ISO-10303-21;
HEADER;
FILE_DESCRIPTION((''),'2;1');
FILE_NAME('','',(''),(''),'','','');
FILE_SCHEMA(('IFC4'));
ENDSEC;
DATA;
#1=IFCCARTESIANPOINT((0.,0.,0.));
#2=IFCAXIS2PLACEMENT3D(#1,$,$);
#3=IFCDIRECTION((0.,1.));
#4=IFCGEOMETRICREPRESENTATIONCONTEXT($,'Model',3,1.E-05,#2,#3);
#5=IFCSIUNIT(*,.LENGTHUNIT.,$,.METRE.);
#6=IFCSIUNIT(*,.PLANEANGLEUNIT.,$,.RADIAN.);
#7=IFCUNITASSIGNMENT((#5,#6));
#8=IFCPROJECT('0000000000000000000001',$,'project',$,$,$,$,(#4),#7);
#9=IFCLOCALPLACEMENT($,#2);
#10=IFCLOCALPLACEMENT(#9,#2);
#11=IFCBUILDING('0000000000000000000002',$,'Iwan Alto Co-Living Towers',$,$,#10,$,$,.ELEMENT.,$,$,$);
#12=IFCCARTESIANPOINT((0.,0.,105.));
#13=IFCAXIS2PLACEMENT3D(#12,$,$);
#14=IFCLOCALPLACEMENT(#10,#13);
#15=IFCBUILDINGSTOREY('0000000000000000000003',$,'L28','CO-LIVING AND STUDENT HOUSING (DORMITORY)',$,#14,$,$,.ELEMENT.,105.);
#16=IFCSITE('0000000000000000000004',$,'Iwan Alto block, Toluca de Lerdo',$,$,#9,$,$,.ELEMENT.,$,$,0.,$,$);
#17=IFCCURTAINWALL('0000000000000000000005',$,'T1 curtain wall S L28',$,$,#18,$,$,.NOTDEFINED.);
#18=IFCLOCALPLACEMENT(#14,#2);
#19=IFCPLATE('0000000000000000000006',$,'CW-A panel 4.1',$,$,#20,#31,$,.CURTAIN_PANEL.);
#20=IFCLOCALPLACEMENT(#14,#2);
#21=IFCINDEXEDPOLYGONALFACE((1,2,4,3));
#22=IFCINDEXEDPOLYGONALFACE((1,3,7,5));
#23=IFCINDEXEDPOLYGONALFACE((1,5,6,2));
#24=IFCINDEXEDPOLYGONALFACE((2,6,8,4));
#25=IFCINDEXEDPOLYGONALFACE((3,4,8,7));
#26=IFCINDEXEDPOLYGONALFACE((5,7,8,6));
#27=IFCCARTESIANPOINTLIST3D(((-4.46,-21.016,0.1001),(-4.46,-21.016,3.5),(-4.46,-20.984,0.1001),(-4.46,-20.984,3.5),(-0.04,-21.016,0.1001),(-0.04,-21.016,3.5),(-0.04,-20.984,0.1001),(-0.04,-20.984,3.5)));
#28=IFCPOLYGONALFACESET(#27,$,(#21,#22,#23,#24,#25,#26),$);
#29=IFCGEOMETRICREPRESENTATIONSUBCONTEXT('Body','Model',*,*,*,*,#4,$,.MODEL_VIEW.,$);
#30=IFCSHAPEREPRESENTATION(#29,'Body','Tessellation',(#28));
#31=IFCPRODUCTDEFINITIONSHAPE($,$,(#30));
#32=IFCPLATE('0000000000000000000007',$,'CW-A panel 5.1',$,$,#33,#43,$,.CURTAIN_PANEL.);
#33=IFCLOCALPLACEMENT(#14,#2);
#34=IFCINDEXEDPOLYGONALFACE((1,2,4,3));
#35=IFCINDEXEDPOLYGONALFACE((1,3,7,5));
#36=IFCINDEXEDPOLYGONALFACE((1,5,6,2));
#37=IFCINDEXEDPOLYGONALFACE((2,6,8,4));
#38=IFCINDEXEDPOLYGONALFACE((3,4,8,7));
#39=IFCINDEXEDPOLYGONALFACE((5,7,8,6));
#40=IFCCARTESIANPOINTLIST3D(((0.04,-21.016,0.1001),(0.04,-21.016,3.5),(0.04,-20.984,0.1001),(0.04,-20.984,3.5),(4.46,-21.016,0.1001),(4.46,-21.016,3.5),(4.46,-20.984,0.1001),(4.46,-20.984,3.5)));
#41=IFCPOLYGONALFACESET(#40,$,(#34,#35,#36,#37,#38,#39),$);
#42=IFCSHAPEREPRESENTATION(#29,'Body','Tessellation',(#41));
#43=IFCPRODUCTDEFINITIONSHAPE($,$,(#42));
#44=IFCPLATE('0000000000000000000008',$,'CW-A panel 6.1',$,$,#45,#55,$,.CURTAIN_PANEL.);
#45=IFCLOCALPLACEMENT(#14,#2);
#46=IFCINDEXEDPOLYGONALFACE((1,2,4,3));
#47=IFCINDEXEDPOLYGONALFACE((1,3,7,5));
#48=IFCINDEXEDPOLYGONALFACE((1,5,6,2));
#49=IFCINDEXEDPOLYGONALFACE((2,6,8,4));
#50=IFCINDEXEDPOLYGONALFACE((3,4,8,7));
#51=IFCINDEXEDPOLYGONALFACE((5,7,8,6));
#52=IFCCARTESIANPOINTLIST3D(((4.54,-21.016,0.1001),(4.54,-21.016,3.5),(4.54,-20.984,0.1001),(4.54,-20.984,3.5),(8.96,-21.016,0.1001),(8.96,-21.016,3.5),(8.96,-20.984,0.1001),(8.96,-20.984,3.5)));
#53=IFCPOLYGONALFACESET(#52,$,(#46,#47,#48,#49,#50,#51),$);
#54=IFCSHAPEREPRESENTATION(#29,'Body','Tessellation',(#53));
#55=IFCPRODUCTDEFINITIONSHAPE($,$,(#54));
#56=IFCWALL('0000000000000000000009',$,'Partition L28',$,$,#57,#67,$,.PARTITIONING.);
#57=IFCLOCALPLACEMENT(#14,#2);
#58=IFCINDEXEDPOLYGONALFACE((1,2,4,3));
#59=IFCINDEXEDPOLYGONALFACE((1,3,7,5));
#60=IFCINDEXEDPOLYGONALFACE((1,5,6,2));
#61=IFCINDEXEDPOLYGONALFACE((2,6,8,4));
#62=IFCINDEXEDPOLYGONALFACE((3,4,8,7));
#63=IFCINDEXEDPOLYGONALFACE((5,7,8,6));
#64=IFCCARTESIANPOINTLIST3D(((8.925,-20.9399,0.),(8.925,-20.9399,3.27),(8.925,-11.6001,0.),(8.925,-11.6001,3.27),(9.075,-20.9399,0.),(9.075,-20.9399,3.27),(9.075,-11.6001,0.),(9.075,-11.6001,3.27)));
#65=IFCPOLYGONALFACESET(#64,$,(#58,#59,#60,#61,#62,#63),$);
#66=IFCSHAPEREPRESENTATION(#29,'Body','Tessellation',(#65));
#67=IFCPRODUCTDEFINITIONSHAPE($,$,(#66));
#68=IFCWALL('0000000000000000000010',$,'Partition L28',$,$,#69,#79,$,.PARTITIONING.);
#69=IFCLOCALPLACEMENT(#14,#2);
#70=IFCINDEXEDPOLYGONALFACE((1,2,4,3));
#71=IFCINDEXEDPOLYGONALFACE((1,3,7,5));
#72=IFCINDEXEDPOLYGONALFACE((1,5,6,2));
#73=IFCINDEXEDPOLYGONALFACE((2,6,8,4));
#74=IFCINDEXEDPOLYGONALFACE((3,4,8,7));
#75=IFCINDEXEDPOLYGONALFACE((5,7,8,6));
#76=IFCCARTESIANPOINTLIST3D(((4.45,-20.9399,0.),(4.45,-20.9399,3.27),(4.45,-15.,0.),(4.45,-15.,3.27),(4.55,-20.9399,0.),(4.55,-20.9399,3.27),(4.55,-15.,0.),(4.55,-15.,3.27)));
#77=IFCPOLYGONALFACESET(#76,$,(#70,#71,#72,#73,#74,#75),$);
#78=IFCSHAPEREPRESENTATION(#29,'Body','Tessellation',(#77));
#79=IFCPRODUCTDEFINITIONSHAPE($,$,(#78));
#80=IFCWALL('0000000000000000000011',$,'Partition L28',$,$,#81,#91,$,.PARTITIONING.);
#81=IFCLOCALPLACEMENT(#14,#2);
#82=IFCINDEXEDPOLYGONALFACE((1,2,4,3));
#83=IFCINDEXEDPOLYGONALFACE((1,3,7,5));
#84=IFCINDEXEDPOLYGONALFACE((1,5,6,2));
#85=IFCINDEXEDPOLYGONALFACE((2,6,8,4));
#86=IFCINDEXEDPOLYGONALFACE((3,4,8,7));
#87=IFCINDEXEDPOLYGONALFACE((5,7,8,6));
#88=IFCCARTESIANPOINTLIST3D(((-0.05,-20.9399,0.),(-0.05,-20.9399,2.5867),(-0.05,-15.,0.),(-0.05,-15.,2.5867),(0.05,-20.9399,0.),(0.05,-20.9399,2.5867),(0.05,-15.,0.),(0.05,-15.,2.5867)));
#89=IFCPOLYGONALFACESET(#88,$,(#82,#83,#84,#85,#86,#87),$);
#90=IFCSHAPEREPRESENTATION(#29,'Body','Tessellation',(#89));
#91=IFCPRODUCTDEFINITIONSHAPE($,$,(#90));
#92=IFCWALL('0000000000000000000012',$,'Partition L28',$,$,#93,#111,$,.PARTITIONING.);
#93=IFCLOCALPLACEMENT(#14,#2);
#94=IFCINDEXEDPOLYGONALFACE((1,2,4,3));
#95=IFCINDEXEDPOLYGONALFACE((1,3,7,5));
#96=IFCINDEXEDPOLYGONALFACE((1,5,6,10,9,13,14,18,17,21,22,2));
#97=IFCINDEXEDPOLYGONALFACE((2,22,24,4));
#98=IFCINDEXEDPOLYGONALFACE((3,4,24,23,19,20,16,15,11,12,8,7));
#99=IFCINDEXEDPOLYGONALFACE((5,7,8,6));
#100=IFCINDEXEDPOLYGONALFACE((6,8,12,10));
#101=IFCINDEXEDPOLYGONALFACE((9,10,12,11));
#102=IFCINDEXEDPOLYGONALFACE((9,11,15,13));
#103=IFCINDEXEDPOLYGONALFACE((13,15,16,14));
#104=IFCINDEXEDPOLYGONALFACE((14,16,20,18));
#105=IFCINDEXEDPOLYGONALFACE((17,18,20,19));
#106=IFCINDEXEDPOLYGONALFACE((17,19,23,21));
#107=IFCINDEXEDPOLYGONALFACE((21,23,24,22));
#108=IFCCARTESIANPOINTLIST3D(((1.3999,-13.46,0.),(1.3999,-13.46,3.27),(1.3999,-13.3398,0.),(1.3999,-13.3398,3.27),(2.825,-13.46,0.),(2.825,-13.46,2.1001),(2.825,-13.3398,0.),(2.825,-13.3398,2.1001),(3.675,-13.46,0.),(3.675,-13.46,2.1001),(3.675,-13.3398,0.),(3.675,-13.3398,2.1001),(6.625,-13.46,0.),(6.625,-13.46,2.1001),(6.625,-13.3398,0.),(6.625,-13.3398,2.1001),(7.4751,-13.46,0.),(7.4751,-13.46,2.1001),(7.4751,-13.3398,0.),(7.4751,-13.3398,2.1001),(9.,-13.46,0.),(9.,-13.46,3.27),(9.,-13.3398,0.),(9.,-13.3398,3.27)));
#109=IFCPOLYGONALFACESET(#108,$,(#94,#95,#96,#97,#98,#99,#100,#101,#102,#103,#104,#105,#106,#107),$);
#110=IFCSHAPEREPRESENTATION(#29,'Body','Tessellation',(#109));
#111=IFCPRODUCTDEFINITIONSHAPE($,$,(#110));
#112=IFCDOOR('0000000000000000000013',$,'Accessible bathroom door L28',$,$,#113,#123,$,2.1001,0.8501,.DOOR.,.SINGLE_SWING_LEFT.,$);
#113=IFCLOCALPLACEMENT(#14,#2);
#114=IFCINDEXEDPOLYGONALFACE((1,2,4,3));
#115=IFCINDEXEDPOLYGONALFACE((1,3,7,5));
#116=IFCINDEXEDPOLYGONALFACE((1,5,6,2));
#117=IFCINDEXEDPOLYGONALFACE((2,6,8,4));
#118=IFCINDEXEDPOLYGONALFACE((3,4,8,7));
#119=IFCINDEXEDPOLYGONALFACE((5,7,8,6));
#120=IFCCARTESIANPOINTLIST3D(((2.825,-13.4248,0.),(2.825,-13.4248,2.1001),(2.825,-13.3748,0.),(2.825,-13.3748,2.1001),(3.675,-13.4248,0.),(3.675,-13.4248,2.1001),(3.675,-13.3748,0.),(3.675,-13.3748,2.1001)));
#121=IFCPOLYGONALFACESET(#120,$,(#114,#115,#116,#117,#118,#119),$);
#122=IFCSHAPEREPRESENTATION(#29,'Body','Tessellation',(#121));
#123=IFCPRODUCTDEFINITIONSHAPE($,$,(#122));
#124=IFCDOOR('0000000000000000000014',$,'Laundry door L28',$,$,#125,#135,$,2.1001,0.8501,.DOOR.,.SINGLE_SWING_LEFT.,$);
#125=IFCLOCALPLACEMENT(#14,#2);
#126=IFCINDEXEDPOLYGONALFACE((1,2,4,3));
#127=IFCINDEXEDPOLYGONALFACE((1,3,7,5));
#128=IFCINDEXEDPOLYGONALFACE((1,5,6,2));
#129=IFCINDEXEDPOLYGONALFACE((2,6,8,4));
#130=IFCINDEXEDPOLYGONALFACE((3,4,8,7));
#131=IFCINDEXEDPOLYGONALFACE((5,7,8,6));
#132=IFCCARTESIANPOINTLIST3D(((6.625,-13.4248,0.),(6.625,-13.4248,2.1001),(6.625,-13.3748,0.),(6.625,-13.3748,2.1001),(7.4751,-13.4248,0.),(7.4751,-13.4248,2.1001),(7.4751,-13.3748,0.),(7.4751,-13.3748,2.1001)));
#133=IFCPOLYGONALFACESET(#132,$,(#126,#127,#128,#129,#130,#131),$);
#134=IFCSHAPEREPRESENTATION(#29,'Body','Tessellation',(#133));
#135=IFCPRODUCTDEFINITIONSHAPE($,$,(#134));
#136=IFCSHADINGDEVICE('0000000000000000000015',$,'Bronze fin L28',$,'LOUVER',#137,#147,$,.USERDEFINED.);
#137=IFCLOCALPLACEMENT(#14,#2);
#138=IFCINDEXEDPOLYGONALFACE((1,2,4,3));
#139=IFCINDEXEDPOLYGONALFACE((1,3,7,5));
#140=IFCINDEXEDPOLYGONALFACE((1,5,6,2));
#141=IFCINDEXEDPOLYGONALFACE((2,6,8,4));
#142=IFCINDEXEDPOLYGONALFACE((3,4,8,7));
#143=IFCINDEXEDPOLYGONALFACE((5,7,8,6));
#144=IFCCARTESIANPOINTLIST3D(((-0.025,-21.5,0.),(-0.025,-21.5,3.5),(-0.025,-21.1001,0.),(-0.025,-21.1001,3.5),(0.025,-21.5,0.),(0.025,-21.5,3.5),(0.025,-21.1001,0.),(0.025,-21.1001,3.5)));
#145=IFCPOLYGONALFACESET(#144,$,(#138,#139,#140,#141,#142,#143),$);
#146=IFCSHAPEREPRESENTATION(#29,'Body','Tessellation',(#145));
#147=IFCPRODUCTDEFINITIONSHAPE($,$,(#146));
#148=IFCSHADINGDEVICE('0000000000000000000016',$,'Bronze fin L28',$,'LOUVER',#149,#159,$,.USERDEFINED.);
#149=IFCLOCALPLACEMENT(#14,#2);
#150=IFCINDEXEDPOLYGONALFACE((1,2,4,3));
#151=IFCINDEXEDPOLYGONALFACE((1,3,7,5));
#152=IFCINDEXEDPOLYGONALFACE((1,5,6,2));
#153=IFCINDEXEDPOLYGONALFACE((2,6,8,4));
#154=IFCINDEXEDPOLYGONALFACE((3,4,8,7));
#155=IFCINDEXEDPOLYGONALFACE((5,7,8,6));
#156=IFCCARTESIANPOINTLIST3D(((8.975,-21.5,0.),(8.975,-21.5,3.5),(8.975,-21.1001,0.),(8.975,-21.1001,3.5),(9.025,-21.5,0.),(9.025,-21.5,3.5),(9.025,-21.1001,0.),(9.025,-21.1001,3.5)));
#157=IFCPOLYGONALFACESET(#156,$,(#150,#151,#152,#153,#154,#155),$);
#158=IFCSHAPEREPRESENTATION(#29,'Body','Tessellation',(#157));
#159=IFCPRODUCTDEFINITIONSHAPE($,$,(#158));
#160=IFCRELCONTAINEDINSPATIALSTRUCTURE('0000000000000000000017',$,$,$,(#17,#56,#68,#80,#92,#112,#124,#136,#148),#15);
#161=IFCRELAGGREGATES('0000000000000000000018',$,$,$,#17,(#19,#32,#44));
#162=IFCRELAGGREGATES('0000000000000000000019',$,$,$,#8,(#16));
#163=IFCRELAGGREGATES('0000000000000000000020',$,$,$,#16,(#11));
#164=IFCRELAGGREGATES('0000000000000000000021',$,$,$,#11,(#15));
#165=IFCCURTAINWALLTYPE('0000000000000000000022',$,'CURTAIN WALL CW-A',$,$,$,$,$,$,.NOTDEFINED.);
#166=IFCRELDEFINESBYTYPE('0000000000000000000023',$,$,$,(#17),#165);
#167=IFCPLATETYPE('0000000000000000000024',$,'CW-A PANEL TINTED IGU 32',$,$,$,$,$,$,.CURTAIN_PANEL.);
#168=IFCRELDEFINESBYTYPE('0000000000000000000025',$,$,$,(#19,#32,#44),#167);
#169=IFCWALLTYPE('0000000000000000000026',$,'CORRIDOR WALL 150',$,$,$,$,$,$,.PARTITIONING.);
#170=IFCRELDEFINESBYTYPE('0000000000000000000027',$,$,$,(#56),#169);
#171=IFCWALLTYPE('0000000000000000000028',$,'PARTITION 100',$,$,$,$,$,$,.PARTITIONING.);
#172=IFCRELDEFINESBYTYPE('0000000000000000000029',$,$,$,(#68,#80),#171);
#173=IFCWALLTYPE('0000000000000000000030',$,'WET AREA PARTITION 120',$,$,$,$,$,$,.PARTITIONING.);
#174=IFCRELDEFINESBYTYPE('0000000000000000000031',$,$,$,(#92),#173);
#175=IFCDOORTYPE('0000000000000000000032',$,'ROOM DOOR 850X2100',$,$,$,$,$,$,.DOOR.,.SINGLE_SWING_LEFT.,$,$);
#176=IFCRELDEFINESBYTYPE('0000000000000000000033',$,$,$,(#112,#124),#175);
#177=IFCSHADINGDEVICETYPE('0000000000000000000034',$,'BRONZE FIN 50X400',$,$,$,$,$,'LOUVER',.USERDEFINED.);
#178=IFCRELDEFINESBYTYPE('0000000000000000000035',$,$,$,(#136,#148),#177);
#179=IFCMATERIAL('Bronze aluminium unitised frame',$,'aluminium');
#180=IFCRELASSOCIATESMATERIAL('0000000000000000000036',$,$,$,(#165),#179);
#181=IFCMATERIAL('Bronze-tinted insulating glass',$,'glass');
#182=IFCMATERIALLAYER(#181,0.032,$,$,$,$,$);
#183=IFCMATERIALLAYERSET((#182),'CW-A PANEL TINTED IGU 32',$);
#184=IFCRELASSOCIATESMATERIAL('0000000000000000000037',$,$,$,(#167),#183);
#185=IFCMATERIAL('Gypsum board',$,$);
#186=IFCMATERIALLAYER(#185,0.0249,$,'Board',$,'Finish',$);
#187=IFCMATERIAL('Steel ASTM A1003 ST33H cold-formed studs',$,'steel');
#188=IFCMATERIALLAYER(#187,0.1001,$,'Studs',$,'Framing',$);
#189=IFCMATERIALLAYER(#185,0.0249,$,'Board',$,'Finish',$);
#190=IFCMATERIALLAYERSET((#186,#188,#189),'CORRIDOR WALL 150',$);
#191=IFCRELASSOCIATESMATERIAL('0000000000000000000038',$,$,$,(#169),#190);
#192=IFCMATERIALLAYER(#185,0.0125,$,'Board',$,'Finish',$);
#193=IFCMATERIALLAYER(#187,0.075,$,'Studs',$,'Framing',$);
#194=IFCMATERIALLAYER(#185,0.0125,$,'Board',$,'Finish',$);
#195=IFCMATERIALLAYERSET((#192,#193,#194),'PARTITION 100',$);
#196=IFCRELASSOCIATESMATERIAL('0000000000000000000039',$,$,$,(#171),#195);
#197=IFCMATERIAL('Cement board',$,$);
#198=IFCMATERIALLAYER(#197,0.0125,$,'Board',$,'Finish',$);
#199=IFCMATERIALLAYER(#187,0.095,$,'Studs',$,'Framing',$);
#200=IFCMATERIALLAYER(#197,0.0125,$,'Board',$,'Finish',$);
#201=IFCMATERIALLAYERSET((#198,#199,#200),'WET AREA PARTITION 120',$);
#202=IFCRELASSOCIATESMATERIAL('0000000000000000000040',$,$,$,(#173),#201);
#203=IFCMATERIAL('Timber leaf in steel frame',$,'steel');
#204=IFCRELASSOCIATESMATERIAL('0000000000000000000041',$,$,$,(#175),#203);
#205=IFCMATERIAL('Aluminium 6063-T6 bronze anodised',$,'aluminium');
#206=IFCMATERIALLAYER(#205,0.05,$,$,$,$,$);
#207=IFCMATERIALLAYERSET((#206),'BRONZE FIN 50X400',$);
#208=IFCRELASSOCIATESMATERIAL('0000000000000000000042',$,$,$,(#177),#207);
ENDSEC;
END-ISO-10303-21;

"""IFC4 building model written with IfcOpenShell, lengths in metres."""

from ifc_helpers import new_model, si_unit, direction, frame, frame_2d, origin, origin_2d, place, context, subcontext, project, spatial, rectangle, extrude, material, layer, layer_set, type_object, element, fill, aggregate, save


model = new_model("IFC4")

# Units and contexts
model_context = context("Model", 3, precision=1e-05, world=origin(), true_north=direction((0.0, 1.0)))
body_context = subcontext(model_context, "Body", "Model", "MODEL_VIEW")
ifc_project = project(units=[si_unit("LENGTHUNIT", "METRE"), si_unit("PLANEANGLEUNIT", "RADIAN")], contexts=[model_context])

# Site, building, storey
site_placement = place(None, origin())
site = spatial("IfcSite", under=ifc_project, at=site_placement, Name="Iwan Alto block, Toluca de Lerdo", CompositionType="ELEMENT", RefElevation=0.0)
building_placement = place(site_placement, origin())
building = spatial("IfcBuilding", under=site, at=building_placement, Name="Iwan Alto Co-Living Towers", CompositionType="ELEMENT")
storey_placement = place(building_placement, frame((0.0, 0.0, 105.0)))
storey = spatial("IfcBuildingStorey", under=building, at=storey_placement, Name="L28", Description="CO-LIVING AND STUDENT HOUSING (DORMITORY)", CompositionType="ELEMENT", Elevation=105.0)

# Curtain wall
ifc_material_1 = material(Name="Bronze aluminium unitised frame", Category="aluminium")
curtain_wall_type = type_object("IfcCurtainWallType", Name="CURTAIN WALL CW-A", PredefinedType="NOTDEFINED", material=ifc_material_1)
curtain_wall_placement = place(storey_placement, origin())
curtain_wall = element("IfcCurtainWall", 1, at=curtain_wall_placement, inside=storey, type_object=curtain_wall_type, Name="T1 curtain wall S L28", PredefinedType="NOTDEFINED")

# Plates
ifc_material_2 = material(Name="Bronze-tinted insulating glass", Category="glass")
ifc_layer_1 = layer(ifc_material_2, 0.032)
ifc_layer_set_1 = layer_set([ifc_layer_1], Name="CW-A PANEL TINTED IGU 32")
plate_type = type_object("IfcPlateType", Name="CW-A PANEL TINTED IGU 32", PredefinedType="CURTAIN_PANEL", material=ifc_layer_set_1)
plate_1_placement = place(storey_placement, frame((-2.25, -21.0, 0.1001), z_axis=(0.0, 0.0, 1.0), x_axis=(1.0, 0.0, 0.0)))
plate_1 = element("IfcPlate", 2, at=plate_1_placement, type_object=plate_type, Name="CW-A panel 4.1", PredefinedType="CURTAIN_PANEL", context=body_context, shape_type="SweptSolid", body=[
    extrude(rectangle(XDim=4.4199, YDim=0.032, at=origin_2d()), origin(), (0.0, 0.0, 1.0), 3.3999),
])
plate_2_placement = place(storey_placement, frame((2.25, -21.0, 0.1001), z_axis=(0.0, 0.0, 1.0), x_axis=(1.0, 0.0, 0.0)))
plate_2 = element("IfcPlate", 3, at=plate_2_placement, type_object=plate_type, Name="CW-A panel 5.1", PredefinedType="CURTAIN_PANEL", context=body_context, shape_type="SweptSolid", body=[
    extrude(rectangle(XDim=4.4199, YDim=0.032, at=origin_2d()), origin(), (0.0, 0.0, 1.0), 3.3999),
])
plate_3_placement = place(storey_placement, frame((6.75, -21.0, 0.1001), z_axis=(0.0, 0.0, 1.0), x_axis=(1.0, 0.0, 0.0)))
plate_3 = element("IfcPlate", 4, at=plate_3_placement, type_object=plate_type, Name="CW-A panel 6.1", PredefinedType="CURTAIN_PANEL", context=body_context, shape_type="SweptSolid", body=[
    extrude(rectangle(XDim=4.4199, YDim=0.032, at=origin_2d()), origin(), (0.0, 0.0, 1.0), 3.3999),
])
aggregate(curtain_wall, [plate_1, plate_2, plate_3])

# Walls
ifc_material_3 = material(Name="Gypsum board")
ifc_layer_2 = layer(ifc_material_3, 0.0249, Name="Board", Category="Finish")
ifc_material_4 = material(Name="Steel ASTM A1003 ST33H cold-formed studs", Category="steel")
ifc_layer_3 = layer(ifc_material_4, 0.1001, Name="Studs", Category="Framing")
ifc_layer_4 = layer(ifc_material_3, 0.0249, Name="Board", Category="Finish")
ifc_layer_set_2 = layer_set([ifc_layer_2, ifc_layer_3, ifc_layer_4], Name="CORRIDOR WALL 150")
wall_type_1 = type_object("IfcWallType", Name="CORRIDOR WALL 150", PredefinedType="PARTITIONING", material=ifc_layer_set_2)
wall_1_placement = place(storey_placement, frame((9.0, -20.9399, 0.0), z_axis=(0.0, 0.0, 1.0), x_axis=(0.0, 1.0, 0.0)))
element("IfcWall", 5, at=wall_1_placement, inside=storey, type_object=wall_type_1, Name="Partition L28", PredefinedType="PARTITIONING", context=body_context, shape_type="SweptSolid", body=[
    extrude(rectangle(XDim=9.3398, YDim=0.1499, at=frame_2d((4.6699, 0.0))), origin(), (0.0, 0.0, 1.0), 3.27),
])
ifc_layer_5 = layer(ifc_material_3, 0.0125, Name="Board", Category="Finish")
ifc_layer_6 = layer(ifc_material_4, 0.075, Name="Studs", Category="Framing")
ifc_layer_7 = layer(ifc_material_3, 0.0125, Name="Board", Category="Finish")
ifc_layer_set_3 = layer_set([ifc_layer_5, ifc_layer_6, ifc_layer_7], Name="PARTITION 100")
wall_type_2 = type_object("IfcWallType", Name="PARTITION 100", PredefinedType="PARTITIONING", material=ifc_layer_set_3)
wall_2_placement = place(storey_placement, frame((4.5, -20.9399, 0.0), z_axis=(0.0, 0.0, 1.0), x_axis=(0.0, 1.0, 0.0)))
element("IfcWall", 6, at=wall_2_placement, inside=storey, type_object=wall_type_2, Name="Partition L28", PredefinedType="PARTITIONING", context=body_context, shape_type="SweptSolid", body=[
    extrude(rectangle(XDim=5.9399, YDim=0.1001, at=frame_2d((2.97, 0.0))), origin(), (0.0, 0.0, 1.0), 3.27),
])
wall_3_placement = place(storey_placement, frame((0.0, -20.9399, 0.0), z_axis=(0.0, 0.0, 1.0), x_axis=(0.0, 1.0, 0.0)))
element("IfcWall", 7, at=wall_3_placement, inside=storey, type_object=wall_type_2, Name="Partition L28", PredefinedType="PARTITIONING", context=body_context, shape_type="SweptSolid", body=[
    extrude(rectangle(XDim=5.9399, YDim=0.1001, at=frame_2d((2.97, 0.0))), origin(), (0.0, 0.0, 1.0), 2.5867),
])

# Wall, openings, doors
ifc_material_5 = material(Name="Cement board")
ifc_layer_8 = layer(ifc_material_5, 0.0125, Name="Board", Category="Finish")
ifc_layer_9 = layer(ifc_material_4, 0.095, Name="Studs", Category="Framing")
ifc_layer_10 = layer(ifc_material_5, 0.0125, Name="Board", Category="Finish")
ifc_layer_set_4 = layer_set([ifc_layer_8, ifc_layer_9, ifc_layer_10], Name="WET AREA PARTITION 120")
wall_type_3 = type_object("IfcWallType", Name="WET AREA PARTITION 120", PredefinedType="PARTITIONING", material=ifc_layer_set_4)
wall_4_placement = place(storey_placement, frame((1.3999, -13.3999, 0.0), z_axis=(0.0, 0.0, 1.0), x_axis=(1.0, 0.0, 0.0)))
wall_4 = element("IfcWall", 8, at=wall_4_placement, inside=storey, type_object=wall_type_3, Name="Partition L28", PredefinedType="PARTITIONING", context=body_context, shape_type="SweptSolid", body=[
    extrude(rectangle(XDim=7.6001, YDim=0.1201, at=frame_2d((3.8, 0.0))), origin(), (0.0, 0.0, 1.0), 3.27),
])
opening_1_placement = place(wall_4_placement, frame((1.425, 0.0, 0.0)))
opening_1 = element("IfcOpeningElement", 9, at=opening_1_placement, cuts=wall_4, PredefinedType="OPENING", context=body_context, shape_type="SweptSolid", body=[
    extrude(rectangle(XDim=0.8501, YDim=2.1001, at=frame_2d((0.425, 1.05))), frame((0.0, 0.0701, 0.0), z_axis=(0.0, -1.0, 0.0), x_axis=(1.0, 0.0, 0.0)), (0.0, 0.0, 1.0), 0.1401),
])
opening_2_placement = place(wall_4_placement, frame((5.2251, 0.0, 0.0)))
opening_2 = element("IfcOpeningElement", 10, at=opening_2_placement, cuts=wall_4, PredefinedType="OPENING", context=body_context, shape_type="SweptSolid", body=[
    extrude(rectangle(XDim=0.8501, YDim=2.1001, at=frame_2d((0.425, 1.05))), frame((0.0, 0.0701, 0.0), z_axis=(0.0, -1.0, 0.0), x_axis=(1.0, 0.0, 0.0)), (0.0, 0.0, 1.0), 0.1401),
])
ifc_material_6 = material(Name="Timber leaf in steel frame", Category="steel")
door_type = type_object("IfcDoorType", Name="ROOM DOOR 850X2100", OperationType="SINGLE_SWING_LEFT", PredefinedType="DOOR", material=ifc_material_6)
door_1_placement = place(opening_1_placement, frame((0.8501, 0.0, 0.0), z_axis=(0.0, 0.0, 1.0), x_axis=(-1.0, 0.0, 0.0)))
door_1 = element("IfcDoor", 11, at=door_1_placement, inside=storey, type_object=door_type, Name="Accessible bathroom door L28", OperationType="SINGLE_SWING_LEFT", OverallHeight=2.1001, OverallWidth=0.8501, PredefinedType="DOOR", context=body_context, shape_type="SweptSolid", body=[
    extrude(rectangle(XDim=0.8501, YDim=2.1001, at=frame_2d((0.425, 1.05))), frame((0.0, 0.0249, 0.0), z_axis=(0.0, -1.0, 0.0), x_axis=(1.0, 0.0, 0.0)), (0.0, 0.0, 1.0), 0.05),
])
fill(opening_1, door_1)
door_2_placement = place(opening_2_placement, frame((0.8501, 0.0, 0.0), z_axis=(0.0, 0.0, 1.0), x_axis=(-1.0, 0.0, 0.0)))
door_2 = element("IfcDoor", 12, at=door_2_placement, inside=storey, type_object=door_type, Name="Laundry door L28", OperationType="SINGLE_SWING_LEFT", OverallHeight=2.1001, OverallWidth=0.8501, PredefinedType="DOOR", context=body_context, shape_type="SweptSolid", body=[
    extrude(rectangle(XDim=0.8501, YDim=2.1001, at=frame_2d((0.425, 1.05))), frame((0.0, 0.0249, 0.0), z_axis=(0.0, -1.0, 0.0), x_axis=(1.0, 0.0, 0.0)), (0.0, 0.0, 1.0), 0.05),
])
fill(opening_2, door_2)

# Shading devices
ifc_material_7 = material(Name="Aluminium 6063-T6 bronze anodised", Category="aluminium")
ifc_layer_11 = layer(ifc_material_7, 0.05)
ifc_layer_set_5 = layer_set([ifc_layer_11], Name="BRONZE FIN 50X400")
shading_device_type = type_object("IfcShadingDeviceType", Name="BRONZE FIN 50X400", ElementType="LOUVER", PredefinedType="USERDEFINED", material=ifc_layer_set_5)
for number, where, z_axis, x_axis, name in (
    (13, (0.0, -21.3, 0.0), (0.0, 0.0, 1.0), (1.0, 0.0, 0.0), "Bronze fin L28"),
    (14, (9.0, -21.3, 0.0), (0.0, 0.0, 1.0), (1.0, 0.0, 0.0), "Bronze fin L28"),
):
    element("IfcShadingDevice", number, at=place(storey_placement, frame(where, z_axis=z_axis, x_axis=x_axis)), inside=storey, type_object=shading_device_type, Name=name, ObjectType="LOUVER", PredefinedType="USERDEFINED", context=body_context, shape_type="SweptSolid", body=[
        extrude(rectangle(XDim=0.05, YDim=0.3999, at=origin_2d()), origin(), (0.0, 0.0, 1.0), 3.5),
    ])

save(model, "model.ifc")
